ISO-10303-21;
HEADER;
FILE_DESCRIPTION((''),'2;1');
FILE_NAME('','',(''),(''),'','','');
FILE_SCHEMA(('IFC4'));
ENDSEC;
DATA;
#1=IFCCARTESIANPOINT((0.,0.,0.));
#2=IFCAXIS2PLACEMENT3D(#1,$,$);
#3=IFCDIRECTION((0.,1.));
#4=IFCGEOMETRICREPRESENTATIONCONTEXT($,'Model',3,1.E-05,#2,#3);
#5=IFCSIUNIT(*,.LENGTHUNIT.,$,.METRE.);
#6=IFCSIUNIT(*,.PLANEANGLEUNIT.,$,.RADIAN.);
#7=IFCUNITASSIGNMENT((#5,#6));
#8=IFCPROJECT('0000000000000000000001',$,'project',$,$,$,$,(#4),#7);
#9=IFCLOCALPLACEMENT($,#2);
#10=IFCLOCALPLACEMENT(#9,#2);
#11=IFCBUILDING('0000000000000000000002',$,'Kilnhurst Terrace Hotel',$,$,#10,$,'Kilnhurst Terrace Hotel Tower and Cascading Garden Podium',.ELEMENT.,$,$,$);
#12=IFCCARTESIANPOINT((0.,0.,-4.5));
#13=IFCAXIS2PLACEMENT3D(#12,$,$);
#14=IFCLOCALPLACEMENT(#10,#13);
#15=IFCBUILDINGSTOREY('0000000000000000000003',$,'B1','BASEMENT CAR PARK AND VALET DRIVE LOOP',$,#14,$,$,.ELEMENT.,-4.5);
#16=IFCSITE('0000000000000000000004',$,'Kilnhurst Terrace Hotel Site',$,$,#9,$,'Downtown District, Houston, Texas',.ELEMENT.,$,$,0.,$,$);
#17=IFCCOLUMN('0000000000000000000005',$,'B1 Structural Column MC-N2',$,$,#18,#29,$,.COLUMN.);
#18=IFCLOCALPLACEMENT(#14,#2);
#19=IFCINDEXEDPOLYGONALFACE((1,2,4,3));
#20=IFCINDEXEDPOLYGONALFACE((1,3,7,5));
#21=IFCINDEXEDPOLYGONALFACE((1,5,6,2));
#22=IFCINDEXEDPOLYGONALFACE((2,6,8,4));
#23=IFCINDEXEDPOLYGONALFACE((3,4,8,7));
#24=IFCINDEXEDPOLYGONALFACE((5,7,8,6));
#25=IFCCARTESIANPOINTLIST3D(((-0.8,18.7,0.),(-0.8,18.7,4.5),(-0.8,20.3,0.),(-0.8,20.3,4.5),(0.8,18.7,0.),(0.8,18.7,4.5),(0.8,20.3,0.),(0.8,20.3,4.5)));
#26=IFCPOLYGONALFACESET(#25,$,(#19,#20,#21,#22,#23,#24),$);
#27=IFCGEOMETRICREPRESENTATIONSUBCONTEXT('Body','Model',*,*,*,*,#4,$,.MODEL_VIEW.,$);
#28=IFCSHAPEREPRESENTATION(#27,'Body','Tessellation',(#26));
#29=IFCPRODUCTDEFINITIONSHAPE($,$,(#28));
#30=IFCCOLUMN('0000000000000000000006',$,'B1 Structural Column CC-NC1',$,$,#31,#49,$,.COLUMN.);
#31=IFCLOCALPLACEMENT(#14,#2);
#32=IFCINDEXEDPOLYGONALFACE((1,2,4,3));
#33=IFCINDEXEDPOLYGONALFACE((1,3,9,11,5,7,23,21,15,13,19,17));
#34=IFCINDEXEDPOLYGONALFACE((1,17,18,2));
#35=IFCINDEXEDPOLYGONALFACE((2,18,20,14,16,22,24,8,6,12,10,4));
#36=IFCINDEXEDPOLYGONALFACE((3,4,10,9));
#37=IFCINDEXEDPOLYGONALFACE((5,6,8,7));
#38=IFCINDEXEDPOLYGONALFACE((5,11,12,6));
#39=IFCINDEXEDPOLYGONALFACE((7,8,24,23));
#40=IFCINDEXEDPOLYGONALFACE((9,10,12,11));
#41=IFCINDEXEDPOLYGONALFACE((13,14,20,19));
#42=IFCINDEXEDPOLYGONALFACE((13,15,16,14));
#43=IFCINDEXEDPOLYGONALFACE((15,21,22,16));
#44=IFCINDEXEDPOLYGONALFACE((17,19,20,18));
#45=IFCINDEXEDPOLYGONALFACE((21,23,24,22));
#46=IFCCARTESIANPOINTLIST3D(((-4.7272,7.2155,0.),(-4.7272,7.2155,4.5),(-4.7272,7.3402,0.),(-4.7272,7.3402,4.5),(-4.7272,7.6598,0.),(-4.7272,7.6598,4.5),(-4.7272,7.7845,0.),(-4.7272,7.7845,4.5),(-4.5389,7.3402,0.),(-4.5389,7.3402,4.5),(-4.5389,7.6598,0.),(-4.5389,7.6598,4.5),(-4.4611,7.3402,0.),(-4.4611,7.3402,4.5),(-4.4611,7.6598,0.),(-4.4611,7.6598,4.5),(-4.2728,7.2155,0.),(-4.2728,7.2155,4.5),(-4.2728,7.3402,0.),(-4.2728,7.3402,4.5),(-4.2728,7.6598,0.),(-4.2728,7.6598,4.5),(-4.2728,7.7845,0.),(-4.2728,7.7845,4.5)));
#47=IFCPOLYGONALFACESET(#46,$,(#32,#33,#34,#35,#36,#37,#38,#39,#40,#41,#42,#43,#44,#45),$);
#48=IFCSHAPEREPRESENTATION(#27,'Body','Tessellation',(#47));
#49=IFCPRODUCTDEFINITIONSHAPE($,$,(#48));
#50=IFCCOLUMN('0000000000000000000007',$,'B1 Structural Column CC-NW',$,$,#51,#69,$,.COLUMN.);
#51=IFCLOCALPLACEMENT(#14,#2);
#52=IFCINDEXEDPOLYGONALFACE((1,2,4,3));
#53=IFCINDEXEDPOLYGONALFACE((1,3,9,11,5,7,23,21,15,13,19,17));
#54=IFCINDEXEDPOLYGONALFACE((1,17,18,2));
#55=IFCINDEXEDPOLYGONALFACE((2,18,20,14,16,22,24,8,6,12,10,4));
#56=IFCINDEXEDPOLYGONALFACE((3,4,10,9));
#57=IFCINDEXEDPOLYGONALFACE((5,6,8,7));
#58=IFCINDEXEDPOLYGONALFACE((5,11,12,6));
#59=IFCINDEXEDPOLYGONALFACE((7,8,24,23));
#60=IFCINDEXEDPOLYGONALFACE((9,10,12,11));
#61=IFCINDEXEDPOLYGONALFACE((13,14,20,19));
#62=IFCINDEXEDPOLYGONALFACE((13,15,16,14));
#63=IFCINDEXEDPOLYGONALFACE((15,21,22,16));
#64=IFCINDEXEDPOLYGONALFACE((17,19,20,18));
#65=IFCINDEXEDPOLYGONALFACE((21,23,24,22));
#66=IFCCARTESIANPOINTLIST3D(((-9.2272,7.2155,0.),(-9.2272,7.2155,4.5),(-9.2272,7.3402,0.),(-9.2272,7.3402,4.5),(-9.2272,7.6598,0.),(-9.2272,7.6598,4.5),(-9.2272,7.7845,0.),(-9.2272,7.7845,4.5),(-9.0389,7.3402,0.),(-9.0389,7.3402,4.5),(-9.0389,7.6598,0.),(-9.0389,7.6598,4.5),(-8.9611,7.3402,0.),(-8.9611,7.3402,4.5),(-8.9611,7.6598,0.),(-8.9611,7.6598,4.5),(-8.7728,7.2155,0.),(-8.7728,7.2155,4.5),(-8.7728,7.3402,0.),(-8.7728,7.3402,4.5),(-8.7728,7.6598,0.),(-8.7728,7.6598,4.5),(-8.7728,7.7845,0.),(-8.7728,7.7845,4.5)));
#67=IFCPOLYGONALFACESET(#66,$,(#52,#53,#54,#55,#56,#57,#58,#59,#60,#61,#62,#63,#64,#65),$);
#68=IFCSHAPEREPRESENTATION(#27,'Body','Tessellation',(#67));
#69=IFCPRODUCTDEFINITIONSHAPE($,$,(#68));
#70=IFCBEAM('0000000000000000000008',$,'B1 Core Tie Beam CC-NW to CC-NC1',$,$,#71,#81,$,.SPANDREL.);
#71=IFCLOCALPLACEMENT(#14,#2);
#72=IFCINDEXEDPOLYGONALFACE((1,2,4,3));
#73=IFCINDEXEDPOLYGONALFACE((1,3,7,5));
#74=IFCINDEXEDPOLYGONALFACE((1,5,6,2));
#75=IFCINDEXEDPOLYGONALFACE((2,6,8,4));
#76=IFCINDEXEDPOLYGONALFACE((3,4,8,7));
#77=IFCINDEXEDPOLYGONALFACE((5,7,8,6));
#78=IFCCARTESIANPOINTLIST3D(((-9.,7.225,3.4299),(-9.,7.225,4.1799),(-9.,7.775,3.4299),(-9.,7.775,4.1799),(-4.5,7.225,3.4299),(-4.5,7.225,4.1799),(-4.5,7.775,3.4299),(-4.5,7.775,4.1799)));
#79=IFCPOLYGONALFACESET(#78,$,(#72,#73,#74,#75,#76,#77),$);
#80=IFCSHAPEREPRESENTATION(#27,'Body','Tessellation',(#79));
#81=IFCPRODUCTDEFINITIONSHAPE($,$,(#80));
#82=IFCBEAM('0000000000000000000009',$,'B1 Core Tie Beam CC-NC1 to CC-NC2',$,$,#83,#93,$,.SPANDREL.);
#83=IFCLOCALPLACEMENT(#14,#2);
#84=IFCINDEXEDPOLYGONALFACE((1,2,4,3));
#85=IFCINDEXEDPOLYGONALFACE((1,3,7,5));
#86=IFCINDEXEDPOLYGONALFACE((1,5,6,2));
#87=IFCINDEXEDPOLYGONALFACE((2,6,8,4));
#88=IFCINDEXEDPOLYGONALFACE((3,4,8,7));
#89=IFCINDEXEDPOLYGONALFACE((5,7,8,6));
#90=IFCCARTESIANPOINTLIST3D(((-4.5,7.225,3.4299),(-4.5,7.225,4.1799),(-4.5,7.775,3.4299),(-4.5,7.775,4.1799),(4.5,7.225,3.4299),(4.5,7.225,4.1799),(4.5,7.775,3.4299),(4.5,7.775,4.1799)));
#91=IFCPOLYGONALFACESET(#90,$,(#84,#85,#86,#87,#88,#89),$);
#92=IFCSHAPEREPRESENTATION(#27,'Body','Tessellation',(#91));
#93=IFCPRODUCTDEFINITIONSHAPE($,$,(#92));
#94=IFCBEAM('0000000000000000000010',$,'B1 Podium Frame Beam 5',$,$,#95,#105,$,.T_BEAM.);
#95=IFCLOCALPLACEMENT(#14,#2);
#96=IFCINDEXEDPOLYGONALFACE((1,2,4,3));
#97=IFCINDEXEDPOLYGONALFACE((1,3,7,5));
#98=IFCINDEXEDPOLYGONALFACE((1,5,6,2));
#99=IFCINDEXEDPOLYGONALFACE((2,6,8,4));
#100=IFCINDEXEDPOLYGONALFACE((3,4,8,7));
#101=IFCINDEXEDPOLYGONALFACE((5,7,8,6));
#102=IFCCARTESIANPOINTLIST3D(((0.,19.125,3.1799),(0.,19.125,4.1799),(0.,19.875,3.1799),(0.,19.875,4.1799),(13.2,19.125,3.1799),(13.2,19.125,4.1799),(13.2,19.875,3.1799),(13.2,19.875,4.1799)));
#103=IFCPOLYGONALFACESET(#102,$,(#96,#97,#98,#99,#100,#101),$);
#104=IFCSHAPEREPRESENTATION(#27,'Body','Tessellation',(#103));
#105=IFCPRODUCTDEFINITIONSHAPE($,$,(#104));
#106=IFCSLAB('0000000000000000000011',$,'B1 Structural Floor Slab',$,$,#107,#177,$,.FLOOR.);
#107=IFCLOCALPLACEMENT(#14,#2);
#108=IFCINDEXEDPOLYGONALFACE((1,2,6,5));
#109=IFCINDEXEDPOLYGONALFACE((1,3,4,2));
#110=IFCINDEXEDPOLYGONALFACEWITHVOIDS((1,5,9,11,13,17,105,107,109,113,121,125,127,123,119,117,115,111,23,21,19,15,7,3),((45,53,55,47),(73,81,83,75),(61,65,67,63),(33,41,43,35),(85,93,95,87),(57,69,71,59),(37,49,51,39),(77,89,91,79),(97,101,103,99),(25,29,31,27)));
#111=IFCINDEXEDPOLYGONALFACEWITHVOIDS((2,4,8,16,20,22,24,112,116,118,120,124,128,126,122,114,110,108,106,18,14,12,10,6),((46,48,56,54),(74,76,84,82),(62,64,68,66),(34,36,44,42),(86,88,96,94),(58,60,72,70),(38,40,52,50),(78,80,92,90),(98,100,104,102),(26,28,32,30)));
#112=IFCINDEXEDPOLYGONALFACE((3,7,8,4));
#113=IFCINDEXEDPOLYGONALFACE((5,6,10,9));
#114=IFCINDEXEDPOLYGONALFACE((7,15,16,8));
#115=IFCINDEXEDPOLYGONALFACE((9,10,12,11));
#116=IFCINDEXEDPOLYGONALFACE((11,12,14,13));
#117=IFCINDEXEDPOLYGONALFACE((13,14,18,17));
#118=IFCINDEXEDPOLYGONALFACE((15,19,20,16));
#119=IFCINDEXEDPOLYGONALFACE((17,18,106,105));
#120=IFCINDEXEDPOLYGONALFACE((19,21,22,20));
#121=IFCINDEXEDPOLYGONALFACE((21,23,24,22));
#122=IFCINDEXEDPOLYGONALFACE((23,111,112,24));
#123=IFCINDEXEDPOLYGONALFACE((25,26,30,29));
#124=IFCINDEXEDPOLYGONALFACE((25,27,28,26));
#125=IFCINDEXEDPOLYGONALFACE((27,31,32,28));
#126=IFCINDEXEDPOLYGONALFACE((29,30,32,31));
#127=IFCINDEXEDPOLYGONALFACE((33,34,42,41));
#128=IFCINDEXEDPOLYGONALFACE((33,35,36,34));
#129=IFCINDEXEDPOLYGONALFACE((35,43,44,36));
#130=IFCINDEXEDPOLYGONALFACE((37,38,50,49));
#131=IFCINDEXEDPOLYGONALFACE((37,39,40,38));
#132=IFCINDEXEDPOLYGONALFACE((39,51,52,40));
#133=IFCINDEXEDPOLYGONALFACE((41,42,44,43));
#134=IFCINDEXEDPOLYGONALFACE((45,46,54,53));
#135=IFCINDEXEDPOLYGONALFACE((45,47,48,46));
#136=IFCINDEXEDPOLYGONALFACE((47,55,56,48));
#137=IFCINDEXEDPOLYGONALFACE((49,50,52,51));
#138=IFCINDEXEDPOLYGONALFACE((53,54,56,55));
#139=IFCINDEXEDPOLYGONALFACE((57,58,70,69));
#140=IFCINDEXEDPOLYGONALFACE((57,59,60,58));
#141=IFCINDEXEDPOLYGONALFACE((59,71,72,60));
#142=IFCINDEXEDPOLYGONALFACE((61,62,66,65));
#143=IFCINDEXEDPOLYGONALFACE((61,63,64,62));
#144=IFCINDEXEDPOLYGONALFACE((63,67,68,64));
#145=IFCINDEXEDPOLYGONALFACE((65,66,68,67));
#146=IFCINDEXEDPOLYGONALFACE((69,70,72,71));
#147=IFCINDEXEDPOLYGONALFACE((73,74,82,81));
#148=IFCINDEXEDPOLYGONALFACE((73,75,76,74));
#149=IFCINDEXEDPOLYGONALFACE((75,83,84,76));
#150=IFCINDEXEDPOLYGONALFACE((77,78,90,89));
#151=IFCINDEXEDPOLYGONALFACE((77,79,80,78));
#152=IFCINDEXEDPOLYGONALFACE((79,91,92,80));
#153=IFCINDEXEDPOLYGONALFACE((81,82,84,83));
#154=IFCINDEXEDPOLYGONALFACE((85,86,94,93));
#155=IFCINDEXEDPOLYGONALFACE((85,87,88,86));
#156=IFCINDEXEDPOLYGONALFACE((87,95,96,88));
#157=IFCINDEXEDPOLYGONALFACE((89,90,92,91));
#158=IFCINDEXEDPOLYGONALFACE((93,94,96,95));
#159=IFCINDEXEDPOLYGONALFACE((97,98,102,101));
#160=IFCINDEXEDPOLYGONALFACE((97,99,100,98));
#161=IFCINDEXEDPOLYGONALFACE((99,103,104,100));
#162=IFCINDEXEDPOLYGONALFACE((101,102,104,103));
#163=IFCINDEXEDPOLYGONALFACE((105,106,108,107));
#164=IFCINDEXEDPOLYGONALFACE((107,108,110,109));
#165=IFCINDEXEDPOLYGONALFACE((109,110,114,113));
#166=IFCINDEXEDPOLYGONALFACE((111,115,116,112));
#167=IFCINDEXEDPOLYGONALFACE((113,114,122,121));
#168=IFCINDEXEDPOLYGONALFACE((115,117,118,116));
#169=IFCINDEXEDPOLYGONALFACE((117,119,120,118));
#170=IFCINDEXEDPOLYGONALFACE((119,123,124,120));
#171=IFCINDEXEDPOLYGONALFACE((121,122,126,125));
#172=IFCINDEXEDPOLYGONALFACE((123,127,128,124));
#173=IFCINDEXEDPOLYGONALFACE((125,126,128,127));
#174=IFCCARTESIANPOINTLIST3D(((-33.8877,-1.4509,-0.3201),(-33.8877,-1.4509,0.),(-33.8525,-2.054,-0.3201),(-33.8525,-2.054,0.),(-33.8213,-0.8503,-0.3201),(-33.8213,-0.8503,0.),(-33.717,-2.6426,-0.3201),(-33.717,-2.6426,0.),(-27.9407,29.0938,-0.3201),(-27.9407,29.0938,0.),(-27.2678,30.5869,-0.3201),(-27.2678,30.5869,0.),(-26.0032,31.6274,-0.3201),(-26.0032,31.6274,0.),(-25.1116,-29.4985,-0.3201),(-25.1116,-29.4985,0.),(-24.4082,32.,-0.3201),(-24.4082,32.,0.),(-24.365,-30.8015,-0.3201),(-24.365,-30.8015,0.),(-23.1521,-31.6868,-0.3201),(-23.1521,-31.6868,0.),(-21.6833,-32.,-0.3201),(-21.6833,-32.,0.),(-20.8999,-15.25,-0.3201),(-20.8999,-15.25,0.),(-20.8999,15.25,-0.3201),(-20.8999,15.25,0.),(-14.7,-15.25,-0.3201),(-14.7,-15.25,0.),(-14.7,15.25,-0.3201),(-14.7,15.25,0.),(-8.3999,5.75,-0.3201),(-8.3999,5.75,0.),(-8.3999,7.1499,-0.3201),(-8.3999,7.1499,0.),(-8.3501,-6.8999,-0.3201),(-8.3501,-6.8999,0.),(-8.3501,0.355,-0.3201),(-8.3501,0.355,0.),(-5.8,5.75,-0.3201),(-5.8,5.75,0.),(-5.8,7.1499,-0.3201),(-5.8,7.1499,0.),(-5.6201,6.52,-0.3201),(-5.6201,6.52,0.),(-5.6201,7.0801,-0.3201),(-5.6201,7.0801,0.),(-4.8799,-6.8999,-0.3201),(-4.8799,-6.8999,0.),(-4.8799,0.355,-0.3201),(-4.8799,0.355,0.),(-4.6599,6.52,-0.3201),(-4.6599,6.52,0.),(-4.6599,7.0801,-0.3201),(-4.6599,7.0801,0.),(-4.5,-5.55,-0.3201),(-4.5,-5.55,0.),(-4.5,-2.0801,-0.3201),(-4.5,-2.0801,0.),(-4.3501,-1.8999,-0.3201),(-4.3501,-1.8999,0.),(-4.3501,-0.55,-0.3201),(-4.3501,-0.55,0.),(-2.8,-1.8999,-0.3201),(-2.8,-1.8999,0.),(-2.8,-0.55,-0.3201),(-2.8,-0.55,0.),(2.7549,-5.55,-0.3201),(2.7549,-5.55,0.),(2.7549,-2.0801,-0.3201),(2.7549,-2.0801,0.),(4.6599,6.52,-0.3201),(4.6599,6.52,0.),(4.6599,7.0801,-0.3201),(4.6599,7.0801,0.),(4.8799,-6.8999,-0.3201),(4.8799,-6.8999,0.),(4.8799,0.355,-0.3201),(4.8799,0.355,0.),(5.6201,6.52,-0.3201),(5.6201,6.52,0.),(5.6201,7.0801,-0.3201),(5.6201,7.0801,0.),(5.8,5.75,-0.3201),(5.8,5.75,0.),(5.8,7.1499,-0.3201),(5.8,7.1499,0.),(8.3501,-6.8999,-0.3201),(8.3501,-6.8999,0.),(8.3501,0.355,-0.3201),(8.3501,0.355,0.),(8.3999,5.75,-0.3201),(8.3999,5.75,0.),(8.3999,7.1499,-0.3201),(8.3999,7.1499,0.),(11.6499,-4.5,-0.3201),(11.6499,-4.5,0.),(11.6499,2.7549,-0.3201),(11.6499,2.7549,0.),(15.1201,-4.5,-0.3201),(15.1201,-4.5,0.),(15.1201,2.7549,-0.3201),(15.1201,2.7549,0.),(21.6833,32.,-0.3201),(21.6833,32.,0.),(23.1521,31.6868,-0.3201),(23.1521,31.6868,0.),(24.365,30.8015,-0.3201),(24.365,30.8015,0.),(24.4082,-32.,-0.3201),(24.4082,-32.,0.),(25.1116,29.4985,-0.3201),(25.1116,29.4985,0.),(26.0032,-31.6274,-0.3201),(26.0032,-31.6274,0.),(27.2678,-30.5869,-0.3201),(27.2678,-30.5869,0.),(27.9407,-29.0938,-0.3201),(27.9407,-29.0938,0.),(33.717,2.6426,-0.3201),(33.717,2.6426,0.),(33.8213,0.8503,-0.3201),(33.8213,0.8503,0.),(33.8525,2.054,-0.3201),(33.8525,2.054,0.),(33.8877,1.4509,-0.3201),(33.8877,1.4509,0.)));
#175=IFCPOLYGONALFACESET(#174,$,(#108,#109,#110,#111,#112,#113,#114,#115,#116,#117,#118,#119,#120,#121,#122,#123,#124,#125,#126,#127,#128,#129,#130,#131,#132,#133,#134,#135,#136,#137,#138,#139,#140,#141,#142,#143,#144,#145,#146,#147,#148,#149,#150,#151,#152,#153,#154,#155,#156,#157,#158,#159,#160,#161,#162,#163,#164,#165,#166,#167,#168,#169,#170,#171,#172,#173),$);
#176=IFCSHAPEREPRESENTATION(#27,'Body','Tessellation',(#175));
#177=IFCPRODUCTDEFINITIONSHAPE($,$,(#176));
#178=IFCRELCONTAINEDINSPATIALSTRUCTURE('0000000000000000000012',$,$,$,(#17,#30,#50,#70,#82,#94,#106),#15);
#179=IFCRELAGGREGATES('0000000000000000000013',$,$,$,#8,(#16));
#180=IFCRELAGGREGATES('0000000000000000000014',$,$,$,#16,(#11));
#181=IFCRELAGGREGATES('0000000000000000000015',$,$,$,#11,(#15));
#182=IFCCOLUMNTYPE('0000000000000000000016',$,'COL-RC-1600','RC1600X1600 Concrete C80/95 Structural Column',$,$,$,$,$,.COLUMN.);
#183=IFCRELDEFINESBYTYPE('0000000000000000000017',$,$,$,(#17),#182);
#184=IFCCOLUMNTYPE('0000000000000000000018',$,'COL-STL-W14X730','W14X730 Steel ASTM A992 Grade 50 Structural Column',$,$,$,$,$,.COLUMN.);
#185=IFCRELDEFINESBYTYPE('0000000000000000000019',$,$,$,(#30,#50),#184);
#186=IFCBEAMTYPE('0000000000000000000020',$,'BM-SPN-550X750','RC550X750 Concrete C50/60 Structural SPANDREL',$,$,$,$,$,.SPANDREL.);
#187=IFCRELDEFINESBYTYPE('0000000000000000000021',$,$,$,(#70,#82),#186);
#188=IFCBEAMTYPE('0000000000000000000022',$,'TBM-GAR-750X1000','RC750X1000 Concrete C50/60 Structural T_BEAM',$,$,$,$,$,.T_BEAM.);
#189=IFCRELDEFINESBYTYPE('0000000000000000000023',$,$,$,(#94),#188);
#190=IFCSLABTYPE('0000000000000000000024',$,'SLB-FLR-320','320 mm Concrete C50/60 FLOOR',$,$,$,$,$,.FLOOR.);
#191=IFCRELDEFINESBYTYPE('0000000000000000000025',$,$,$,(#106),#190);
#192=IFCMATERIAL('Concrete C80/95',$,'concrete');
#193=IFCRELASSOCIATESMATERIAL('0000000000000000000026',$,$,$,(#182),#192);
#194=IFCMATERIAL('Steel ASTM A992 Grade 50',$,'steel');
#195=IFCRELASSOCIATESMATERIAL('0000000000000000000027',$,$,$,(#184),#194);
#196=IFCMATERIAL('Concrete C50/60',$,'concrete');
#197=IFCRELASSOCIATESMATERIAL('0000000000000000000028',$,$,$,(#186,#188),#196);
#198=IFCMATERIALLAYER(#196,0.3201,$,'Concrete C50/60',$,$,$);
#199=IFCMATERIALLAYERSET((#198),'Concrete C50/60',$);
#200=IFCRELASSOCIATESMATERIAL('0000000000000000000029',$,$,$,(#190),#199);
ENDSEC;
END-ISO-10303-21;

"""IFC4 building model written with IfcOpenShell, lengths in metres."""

from ifc_helpers import new_model, si_unit, direction, frame, origin, origin_2d, place, context, subcontext, project, spatial, polyline, rectangle, i_section, outline, extrude, material, layer, layer_set, material_profile, profile_set, type_object, element, save


model = new_model("IFC4")

# Units and contexts
model_context = context("Model", 3, precision=1e-05, world=origin(), true_north=direction((0.0, 1.0)))
body_context = subcontext(model_context, "Body", "Model", "MODEL_VIEW")
ifc_project = project(units=[si_unit("LENGTHUNIT", "METRE"), si_unit("PLANEANGLEUNIT", "RADIAN")], contexts=[model_context])

# Site, building, storey
site_placement = place(None, origin())
site = spatial("IfcSite", under=ifc_project, at=site_placement, Name="Kilnhurst Terrace Hotel Site", LongName="Downtown District, Houston, Texas", CompositionType="ELEMENT", RefElevation=0.0)
building_placement = place(site_placement, origin())
building = spatial("IfcBuilding", under=site, at=building_placement, Name="Kilnhurst Terrace Hotel", LongName="Kilnhurst Terrace Hotel Tower and Cascading Garden Podium", CompositionType="ELEMENT")
storey_placement = place(building_placement, frame((0.0, 0.0, -4.5)))
storey = spatial("IfcBuildingStorey", under=building, at=storey_placement, Name="B1", Description="BASEMENT CAR PARK AND VALET DRIVE LOOP", CompositionType="ELEMENT", Elevation=-4.5)

# Columns
ifc_material_1 = material(Name="Concrete C80/95", Category="concrete")
ifc_material_profile_1 = material_profile(ifc_material_1, rectangle(XDim=1.6001, YDim=1.6001, at=origin_2d()), Name="RC1600X1600")
ifc_profile_set_1 = profile_set([ifc_material_profile_1], Name="Concrete C80/95")
column_type_1 = type_object("IfcColumnType", Name="COL-RC-1600", Description="RC1600X1600 Concrete C80/95 Structural Column", PredefinedType="COLUMN", material=ifc_profile_set_1)
column_placement = place(storey_placement, frame((0.0, 19.5, 0.0), z_axis=(0.0, 0.0, 1.0), x_axis=(1.0, 0.0, 0.0)))
element("IfcColumn", 1, at=column_placement, inside=storey, type_object=column_type_1, Name="B1 Structural Column MC-N2", PredefinedType="COLUMN", context=body_context, shape_type="SweptSolid", body=[
    extrude(rectangle(XDim=1.6001, YDim=1.6001, at=origin_2d()), origin(), (0.0, 0.0, 1.0), 4.5),
])
ifc_material_2 = material(Name="Steel ASTM A992 Grade 50", Category="steel")
ifc_material_profile_2 = material_profile(ifc_material_2, i_section(OverallWidth=0.4543, OverallDepth=0.5691, WebThickness=0.0779, FlangeThickness=0.1248, at=origin_2d()), Name="W14X730")
ifc_profile_set_2 = profile_set([ifc_material_profile_2], Name="Steel ASTM A992 Grade 50")
column_type_2 = type_object("IfcColumnType", Name="COL-STL-W14X730", Description="W14X730 Steel ASTM A992 Grade 50 Structural Column", PredefinedType="COLUMN", material=ifc_profile_set_2)
for number, where, z_axis, x_axis, name in (
    (2, (-4.5, 7.5, 0.0), (0.0, 0.0, 1.0), (1.0, 0.0, 0.0), "B1 Structural Column CC-NC1"),
    (3, (-9.0, 7.5, 0.0), (0.0, 0.0, 1.0), (1.0, 0.0, 0.0), "B1 Structural Column CC-NW"),
):
    element("IfcColumn", number, at=place(storey_placement, frame(where, z_axis=z_axis, x_axis=x_axis)), inside=storey, type_object=column_type_2, Name=name, PredefinedType="COLUMN", context=body_context, shape_type="SweptSolid", body=[
        extrude(i_section(OverallWidth=0.4543, OverallDepth=0.5691, WebThickness=0.0779, FlangeThickness=0.1248, at=origin_2d()), origin(), (0.0, 0.0, 1.0), 4.5),
    ])

# Beams
ifc_material_3 = material(Name="Concrete C50/60", Category="concrete")
ifc_material_profile_3 = material_profile(ifc_material_3, rectangle(XDim=0.55, YDim=0.75, at=origin_2d()), Name="RC550X750")
ifc_profile_set_3 = profile_set([ifc_material_profile_3], Name="Concrete C50/60")
beam_type_1 = type_object("IfcBeamType", Name="BM-SPN-550X750", Description="RC550X750 Concrete C50/60 Structural SPANDREL", PredefinedType="SPANDREL", material=ifc_profile_set_3)
beam_1_placement = place(storey_placement, frame((-9.0, 7.5, 3.8049), z_axis=(1.0, 0.0, 0.0), x_axis=(0.0, 1.0, 0.0)))
element("IfcBeam", 4, at=beam_1_placement, inside=storey, type_object=beam_type_1, Name="B1 Core Tie Beam CC-NW to CC-NC1", PredefinedType="SPANDREL", context=body_context, shape_type="SweptSolid", body=[
    extrude(rectangle(XDim=0.55, YDim=0.75, at=origin_2d()), origin(), (0.0, 0.0, 1.0), 4.5),
])
beam_2_placement = place(storey_placement, frame((-4.5, 7.5, 3.8049), z_axis=(1.0, 0.0, 0.0), x_axis=(0.0, 1.0, 0.0)))
element("IfcBeam", 5, at=beam_2_placement, inside=storey, type_object=beam_type_1, Name="B1 Core Tie Beam CC-NC1 to CC-NC2", PredefinedType="SPANDREL", context=body_context, shape_type="SweptSolid", body=[
    extrude(rectangle(XDim=0.55, YDim=0.75, at=origin_2d()), origin(), (0.0, 0.0, 1.0), 9.0),
])
ifc_material_profile_4 = material_profile(ifc_material_3, rectangle(XDim=0.75, YDim=1.0, at=origin_2d()), Name="RC750X1000")
ifc_profile_set_4 = profile_set([ifc_material_profile_4], Name="Concrete C50/60")
beam_type_2 = type_object("IfcBeamType", Name="TBM-GAR-750X1000", Description="RC750X1000 Concrete C50/60 Structural T_BEAM", PredefinedType="T_BEAM", material=ifc_profile_set_4)
beam_3_placement = place(storey_placement, frame((0.0, 19.5, 3.6799), z_axis=(1.0, 0.0, 0.0), x_axis=(0.0, 1.0, 0.0)))
element("IfcBeam", 6, at=beam_3_placement, inside=storey, type_object=beam_type_2, Name="B1 Podium Frame Beam 5", PredefinedType="T_BEAM", context=body_context, shape_type="SweptSolid", body=[
    extrude(rectangle(XDim=0.75, YDim=1.0, at=origin_2d()), origin(), (0.0, 0.0, 1.0), 13.2),
])

# Slab
ifc_layer_1 = layer(ifc_material_3, 0.3201, Name="Concrete C50/60")
ifc_layer_set_1 = layer_set([ifc_layer_1], Name="Concrete C50/60")
slab_type = type_object("IfcSlabType", Name="SLB-FLR-320", Description="320 mm Concrete C50/60 FLOOR", PredefinedType="FLOOR", material=ifc_layer_set_1)
slab_placement = place(storey_placement, frame((0.0, 0.0, -0.3201)))
element("IfcSlab", 7, at=slab_placement, inside=storey, type_object=slab_type, Name="B1 Structural Floor Slab", PredefinedType="FLOOR", context=body_context, shape_type="SweptSolid", body=[
    extrude(outline(polyline([(-25.1116, -29.4985), (-24.365, -30.8015), (-23.1521, -31.6868), (-21.6833, -32.0), (24.4082, -32.0), (26.0032, -31.6274), (27.2678, -30.5869), (27.9407, -29.0938), (33.8213, 0.8503), (33.8877, 1.4509), (33.8525, 2.054), (33.717, 2.6426), (25.1116, 29.4985), (24.365, 30.8015), (23.1521, 31.6868), (21.6833, 32.0), (-24.4082, 32.0), (-26.0032, 31.6274), (-27.2678, 30.5869), (-27.9407, 29.0938), (-33.8213, -0.8503), (-33.8877, -1.4509), (-33.8525, -2.054), (-33.717, -2.6426), (-25.1116, -29.4985)]), holes=[polyline([(2.7549, -2.0801), (2.7549, -5.55), (-4.5, -5.55), (-4.5, -2.0801), (2.7549, -2.0801)]), polyline([(-8.3501, 0.355), (-4.8799, 0.355), (-4.8799, -6.8999), (-8.3501, -6.8999), (-8.3501, 0.355)]), polyline([(4.8799, 0.355), (8.3501, 0.355), (8.3501, -6.8999), (4.8799, -6.8999), (4.8799, 0.355)]), polyline([(-4.3501, -1.8999), (-4.3501, -0.55), (-2.8, -0.55), (-2.8, -1.8999), (-4.3501, -1.8999)]), polyline([(15.1201, 2.7549), (15.1201, -4.5), (11.6499, -4.5), (11.6499, 2.7549), (15.1201, 2.7549)]), polyline([(-14.7, -15.25), (-20.8999, -15.25), (-20.8999, 15.25), (-14.7, 15.25), (-14.7, -15.25)]), polyline([(-5.8, 5.75), (-8.3999, 5.75), (-8.3999, 7.1499), (-5.8, 7.1499), (-5.8, 5.75)]), polyline([(8.3999, 5.75), (5.8, 5.75), (5.8, 7.1499), (8.3999, 7.1499), (8.3999, 5.75)]), polyline([(-5.6201, 6.52), (-5.6201, 7.0801), (-4.6599, 7.0801), (-4.6599, 6.52), (-5.6201, 6.52)]), polyline([(4.6599, 6.52), (4.6599, 7.0801), (5.6201, 7.0801), (5.6201, 6.52), (4.6599, 6.52)])]), origin(), (0.0, 0.0, 1.0), 0.3201),
])

save(model, "model.ifc")
